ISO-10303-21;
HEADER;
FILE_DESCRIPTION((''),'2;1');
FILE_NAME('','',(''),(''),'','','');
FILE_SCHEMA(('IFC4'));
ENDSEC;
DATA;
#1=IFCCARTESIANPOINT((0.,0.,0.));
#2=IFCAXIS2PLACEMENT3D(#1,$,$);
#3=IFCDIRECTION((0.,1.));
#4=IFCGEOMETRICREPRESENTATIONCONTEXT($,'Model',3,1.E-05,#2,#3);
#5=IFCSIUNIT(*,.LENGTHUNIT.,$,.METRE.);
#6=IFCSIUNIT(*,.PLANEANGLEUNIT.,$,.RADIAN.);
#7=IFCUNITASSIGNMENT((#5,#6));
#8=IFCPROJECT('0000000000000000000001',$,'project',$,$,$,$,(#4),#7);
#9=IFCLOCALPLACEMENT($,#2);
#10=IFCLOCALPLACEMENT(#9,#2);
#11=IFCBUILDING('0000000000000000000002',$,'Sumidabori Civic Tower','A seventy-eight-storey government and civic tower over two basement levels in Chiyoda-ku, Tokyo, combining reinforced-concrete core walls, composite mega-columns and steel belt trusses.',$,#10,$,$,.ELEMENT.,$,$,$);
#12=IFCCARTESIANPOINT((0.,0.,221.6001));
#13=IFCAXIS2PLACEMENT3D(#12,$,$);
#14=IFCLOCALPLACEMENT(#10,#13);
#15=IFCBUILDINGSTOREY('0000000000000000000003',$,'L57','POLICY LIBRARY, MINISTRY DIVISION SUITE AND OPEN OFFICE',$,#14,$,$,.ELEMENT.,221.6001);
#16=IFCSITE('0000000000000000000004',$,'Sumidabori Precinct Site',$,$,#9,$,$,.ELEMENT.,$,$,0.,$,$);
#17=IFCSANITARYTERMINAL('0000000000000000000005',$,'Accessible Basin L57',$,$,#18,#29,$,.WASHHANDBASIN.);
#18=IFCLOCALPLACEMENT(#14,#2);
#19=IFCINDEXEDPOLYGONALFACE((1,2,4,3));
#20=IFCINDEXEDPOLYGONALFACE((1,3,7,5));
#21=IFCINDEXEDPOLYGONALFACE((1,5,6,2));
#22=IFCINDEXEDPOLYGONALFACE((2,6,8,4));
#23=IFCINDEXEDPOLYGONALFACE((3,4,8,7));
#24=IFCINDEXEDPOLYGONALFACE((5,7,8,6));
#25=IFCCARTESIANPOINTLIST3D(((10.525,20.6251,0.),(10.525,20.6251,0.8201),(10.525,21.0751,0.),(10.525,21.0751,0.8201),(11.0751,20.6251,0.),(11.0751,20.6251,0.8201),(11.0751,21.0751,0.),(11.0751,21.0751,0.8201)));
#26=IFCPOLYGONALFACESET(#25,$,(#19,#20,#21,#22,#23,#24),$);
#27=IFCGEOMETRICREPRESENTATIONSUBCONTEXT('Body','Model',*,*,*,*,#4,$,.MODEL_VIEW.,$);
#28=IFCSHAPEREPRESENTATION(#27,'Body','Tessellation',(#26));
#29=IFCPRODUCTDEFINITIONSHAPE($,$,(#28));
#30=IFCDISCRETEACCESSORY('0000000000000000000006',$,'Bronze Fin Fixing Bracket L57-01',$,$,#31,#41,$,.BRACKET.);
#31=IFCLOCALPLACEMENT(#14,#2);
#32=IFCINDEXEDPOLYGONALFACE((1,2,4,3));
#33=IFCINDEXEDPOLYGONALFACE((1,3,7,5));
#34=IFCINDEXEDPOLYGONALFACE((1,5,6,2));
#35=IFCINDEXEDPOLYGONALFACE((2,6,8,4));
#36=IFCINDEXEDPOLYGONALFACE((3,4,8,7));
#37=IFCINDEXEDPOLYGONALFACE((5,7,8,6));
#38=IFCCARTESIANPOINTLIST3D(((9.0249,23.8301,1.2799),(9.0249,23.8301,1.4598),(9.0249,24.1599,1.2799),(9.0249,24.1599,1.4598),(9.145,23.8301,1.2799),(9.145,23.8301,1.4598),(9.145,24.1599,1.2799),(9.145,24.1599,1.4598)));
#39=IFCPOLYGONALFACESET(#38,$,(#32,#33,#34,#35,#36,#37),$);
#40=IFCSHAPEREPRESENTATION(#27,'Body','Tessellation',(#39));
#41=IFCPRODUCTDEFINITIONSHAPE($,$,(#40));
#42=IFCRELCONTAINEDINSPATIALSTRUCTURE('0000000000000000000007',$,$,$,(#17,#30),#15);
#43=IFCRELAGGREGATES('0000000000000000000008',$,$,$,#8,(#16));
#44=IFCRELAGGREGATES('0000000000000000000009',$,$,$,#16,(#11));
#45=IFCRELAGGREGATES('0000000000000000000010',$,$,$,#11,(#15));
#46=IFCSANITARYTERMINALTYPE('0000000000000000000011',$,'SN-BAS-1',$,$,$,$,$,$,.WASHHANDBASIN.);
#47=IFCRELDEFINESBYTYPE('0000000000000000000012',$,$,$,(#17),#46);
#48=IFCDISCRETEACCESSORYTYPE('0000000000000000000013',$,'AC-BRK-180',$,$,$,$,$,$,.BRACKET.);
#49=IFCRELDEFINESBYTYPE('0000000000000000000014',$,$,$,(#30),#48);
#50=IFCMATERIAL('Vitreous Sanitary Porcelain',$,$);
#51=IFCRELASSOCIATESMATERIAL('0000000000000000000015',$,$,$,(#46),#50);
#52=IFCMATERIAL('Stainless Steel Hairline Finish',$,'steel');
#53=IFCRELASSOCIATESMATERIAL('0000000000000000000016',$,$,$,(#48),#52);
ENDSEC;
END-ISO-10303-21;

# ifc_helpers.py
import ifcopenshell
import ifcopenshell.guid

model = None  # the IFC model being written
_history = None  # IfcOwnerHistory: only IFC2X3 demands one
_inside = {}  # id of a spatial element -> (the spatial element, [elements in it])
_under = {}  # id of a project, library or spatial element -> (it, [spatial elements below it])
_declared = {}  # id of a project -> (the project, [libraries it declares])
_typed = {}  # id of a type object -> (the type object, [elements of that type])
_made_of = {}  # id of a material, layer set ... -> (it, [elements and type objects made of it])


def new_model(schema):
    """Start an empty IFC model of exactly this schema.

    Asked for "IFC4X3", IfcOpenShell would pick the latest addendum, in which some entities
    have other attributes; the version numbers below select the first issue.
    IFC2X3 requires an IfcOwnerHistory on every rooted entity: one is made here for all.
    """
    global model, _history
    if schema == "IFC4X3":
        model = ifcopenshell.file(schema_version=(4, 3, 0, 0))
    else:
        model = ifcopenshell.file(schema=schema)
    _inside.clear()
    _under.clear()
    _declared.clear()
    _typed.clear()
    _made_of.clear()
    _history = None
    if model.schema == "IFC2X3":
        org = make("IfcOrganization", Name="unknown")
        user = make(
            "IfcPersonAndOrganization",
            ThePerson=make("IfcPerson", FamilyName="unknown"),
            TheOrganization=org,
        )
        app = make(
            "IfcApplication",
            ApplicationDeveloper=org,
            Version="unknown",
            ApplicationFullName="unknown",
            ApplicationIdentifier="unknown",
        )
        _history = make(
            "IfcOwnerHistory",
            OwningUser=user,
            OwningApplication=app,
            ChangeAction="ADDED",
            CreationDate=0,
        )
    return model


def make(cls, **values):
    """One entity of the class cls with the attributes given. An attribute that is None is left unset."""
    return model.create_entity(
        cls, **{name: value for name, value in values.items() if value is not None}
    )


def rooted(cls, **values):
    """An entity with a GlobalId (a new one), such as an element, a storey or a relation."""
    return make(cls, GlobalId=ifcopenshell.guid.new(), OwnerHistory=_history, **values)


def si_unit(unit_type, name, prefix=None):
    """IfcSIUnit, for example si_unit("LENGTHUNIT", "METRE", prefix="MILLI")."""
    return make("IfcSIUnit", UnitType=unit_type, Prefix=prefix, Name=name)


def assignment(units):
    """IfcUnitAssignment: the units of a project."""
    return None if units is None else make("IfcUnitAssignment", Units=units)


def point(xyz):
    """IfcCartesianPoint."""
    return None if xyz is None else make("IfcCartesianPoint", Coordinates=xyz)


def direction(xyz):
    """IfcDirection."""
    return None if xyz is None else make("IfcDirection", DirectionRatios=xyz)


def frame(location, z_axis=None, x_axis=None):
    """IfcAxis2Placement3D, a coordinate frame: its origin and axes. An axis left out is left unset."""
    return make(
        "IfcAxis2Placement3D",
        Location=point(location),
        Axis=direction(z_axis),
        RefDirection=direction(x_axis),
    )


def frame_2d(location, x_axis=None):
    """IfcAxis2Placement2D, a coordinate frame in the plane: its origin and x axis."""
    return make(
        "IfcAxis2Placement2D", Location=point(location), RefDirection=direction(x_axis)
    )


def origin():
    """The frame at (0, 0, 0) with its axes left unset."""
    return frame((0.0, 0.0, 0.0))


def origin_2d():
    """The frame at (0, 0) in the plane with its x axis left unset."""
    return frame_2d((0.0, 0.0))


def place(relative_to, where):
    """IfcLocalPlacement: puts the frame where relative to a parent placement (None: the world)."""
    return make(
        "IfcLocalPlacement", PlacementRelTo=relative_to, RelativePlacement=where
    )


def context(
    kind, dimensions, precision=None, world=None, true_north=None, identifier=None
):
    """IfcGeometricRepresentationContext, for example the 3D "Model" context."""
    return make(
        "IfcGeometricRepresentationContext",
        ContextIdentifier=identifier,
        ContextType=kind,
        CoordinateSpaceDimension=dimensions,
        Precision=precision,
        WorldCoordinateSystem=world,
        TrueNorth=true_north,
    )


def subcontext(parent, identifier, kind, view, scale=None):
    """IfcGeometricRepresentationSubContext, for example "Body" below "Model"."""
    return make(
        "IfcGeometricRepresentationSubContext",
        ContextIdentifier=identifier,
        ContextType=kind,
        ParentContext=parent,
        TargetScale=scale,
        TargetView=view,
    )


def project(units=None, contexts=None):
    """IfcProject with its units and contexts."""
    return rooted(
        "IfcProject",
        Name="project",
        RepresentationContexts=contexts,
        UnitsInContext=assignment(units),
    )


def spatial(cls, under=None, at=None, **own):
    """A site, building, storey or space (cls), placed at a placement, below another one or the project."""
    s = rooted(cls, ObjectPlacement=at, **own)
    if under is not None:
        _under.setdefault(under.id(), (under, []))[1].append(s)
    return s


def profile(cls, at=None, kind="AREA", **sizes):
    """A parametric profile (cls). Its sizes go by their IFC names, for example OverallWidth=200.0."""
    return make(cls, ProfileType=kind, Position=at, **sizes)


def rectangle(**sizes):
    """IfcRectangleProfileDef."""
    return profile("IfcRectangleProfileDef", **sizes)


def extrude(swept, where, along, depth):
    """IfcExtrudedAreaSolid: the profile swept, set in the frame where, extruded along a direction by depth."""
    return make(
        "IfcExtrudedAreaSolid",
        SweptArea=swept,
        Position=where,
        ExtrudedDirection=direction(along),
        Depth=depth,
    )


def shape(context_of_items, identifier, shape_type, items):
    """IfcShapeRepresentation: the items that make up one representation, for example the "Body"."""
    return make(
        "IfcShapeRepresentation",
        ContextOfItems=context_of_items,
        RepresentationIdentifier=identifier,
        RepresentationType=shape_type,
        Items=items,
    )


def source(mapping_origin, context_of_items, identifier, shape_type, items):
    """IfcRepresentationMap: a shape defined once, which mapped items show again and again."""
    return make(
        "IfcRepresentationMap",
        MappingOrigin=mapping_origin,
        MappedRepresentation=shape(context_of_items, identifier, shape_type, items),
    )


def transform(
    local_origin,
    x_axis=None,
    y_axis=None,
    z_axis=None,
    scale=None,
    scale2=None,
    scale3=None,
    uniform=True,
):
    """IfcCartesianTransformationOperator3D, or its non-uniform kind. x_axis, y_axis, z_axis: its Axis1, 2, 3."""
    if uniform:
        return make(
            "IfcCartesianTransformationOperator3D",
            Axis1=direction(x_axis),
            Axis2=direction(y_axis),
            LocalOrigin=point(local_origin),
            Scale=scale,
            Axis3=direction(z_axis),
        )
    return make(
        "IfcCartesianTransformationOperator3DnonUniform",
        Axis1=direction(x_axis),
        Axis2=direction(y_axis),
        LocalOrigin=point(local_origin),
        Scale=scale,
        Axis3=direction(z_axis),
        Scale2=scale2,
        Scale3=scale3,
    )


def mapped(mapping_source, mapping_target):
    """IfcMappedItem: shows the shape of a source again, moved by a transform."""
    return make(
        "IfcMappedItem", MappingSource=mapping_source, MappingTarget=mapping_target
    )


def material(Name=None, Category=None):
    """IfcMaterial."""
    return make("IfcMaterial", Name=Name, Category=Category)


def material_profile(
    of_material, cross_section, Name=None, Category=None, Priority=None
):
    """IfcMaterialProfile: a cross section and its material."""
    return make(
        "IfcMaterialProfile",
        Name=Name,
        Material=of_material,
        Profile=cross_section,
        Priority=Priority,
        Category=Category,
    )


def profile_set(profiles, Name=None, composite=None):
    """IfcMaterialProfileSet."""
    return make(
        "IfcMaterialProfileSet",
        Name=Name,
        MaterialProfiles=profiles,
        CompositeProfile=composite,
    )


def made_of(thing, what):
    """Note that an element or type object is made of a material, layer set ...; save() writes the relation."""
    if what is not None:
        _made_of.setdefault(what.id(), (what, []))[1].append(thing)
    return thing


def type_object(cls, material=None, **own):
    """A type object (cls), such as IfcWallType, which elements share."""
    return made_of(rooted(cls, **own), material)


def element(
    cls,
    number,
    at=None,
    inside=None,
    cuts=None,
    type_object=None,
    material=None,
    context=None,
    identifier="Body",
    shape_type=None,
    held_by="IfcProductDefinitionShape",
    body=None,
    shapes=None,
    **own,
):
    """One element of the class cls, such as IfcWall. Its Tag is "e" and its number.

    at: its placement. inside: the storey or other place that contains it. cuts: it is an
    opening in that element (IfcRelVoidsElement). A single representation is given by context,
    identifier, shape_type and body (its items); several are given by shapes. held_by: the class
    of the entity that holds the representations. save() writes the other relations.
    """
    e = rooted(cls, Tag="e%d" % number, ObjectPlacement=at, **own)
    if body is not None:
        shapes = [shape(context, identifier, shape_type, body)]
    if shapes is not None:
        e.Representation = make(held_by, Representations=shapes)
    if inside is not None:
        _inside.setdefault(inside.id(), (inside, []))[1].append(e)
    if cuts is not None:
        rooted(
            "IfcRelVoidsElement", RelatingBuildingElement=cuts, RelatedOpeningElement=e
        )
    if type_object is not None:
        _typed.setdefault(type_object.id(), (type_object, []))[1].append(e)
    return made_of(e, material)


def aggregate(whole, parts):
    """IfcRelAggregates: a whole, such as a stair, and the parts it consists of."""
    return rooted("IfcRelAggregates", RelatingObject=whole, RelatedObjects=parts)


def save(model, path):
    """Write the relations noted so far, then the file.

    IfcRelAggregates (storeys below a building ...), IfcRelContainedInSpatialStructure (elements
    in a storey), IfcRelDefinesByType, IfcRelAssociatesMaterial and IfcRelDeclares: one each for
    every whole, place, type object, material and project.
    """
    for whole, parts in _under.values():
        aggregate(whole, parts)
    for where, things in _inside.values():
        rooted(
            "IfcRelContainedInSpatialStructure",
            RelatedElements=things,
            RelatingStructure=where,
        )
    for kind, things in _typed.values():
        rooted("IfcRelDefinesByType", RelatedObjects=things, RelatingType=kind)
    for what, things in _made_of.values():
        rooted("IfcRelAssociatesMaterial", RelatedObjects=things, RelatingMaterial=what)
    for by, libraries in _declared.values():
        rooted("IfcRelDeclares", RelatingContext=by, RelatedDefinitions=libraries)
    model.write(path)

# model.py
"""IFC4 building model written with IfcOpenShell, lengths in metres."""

from ifc_helpers import new_model, si_unit, direction, frame, origin, origin_2d, place, context, subcontext, project, spatial, rectangle, extrude, source, transform, mapped, material, material_profile, profile_set, type_object, element, save


model = new_model("IFC4")

# Units and contexts
model_context = context("Model", 3, precision=1e-05, world=origin(), true_north=direction((0.0, 1.0)))
body_context = subcontext(model_context, "Body", "Model", "MODEL_VIEW")
ifc_project = project(units=[si_unit("LENGTHUNIT", "METRE"), si_unit("PLANEANGLEUNIT", "RADIAN")], contexts=[model_context])

# Site, building, storey
site_placement = place(None, origin())
site = spatial("IfcSite", under=ifc_project, at=site_placement, Name="Sumidabori Precinct Site", CompositionType="ELEMENT", RefElevation=0.0)
building_placement = place(site_placement, origin())
building = spatial("IfcBuilding", under=site, at=building_placement, Name="Sumidabori Civic Tower", Description="A seventy-eight-storey government and civic tower over two basement levels in Chiyoda-ku, Tokyo, combining reinforced-concrete core walls, composite mega-columns and steel belt trusses.", CompositionType="ELEMENT")
storey_placement = place(building_placement, frame((0.0, 0.0, 221.6001)))
storey = spatial("IfcBuildingStorey", under=building, at=storey_placement, Name="L57", Description="POLICY LIBRARY, MINISTRY DIVISION SUITE AND OPEN OFFICE", CompositionType="ELEMENT", Elevation=221.6001)

# Sanitary terminal
ifc_material_1 = material(Name="Vitreous Sanitary Porcelain")
sanitary_terminal_type_1 = type_object("IfcSanitaryTerminalType", Name="SN-BAS-1", PredefinedType="WASHHANDBASIN", material=ifc_material_1)
shared_shape_1 = source(origin(), body_context, "Body", "SweptSolid", [
    extrude(rectangle(XDim=0.55, YDim=0.45, at=origin_2d()), origin(), (0.0, 0.0, 1.0), 0.8201),
])
sanitary_terminal_1_placement = place(storey_placement, frame((10.8, 20.8501, 0.0), z_axis=(0.0, 0.0, 1.0), x_axis=(1.0, 0.0, 0.0)))
element("IfcSanitaryTerminal", 1, at=sanitary_terminal_1_placement, inside=storey, type_object=sanitary_terminal_type_1, Name="Accessible Basin L57", PredefinedType="WASHHANDBASIN", context=body_context, shape_type="MappedRepresentation", body=[
    mapped(shared_shape_1, transform((0.0, 0.0, 0.0), x_axis=(1.0, 0.0, 0.0), y_axis=(0.0, 1.0, 0.0), z_axis=(0.0, 0.0, 1.0), scale=1.0)),
])

# Discrete accessory
ifc_material_2 = material(Name="Stainless Steel Hairline Finish", Category="steel")
ifc_material_profile_1 = material_profile(ifc_material_2, rectangle(XDim=0.1201, YDim=0.1799, at=origin_2d()), Name="STEEL BRACKET 180x120")
ifc_profile_set_1 = profile_set([ifc_material_profile_1], Name="Stainless Steel Hairline Finish")
discrete_accessory_type = type_object("IfcDiscreteAccessoryType", Name="AC-BRK-180", PredefinedType="BRACKET", material=ifc_profile_set_1)
shared_shape_2 = source(origin(), body_context, "Body", "SweptSolid", [
    extrude(rectangle(XDim=0.1201, YDim=0.1799, at=origin_2d()), origin(), (0.0, 0.0, 1.0), 0.3298),
])
discrete_accessory_placement = place(storey_placement, frame((9.085, 23.8301, 1.3699), z_axis=(0.0, 1.0, 0.0), x_axis=(-1.0, 0.0, 0.0)))
element("IfcDiscreteAccessory", 2, at=discrete_accessory_placement, inside=storey, type_object=discrete_accessory_type, Name="Bronze Fin Fixing Bracket L57-01", PredefinedType="BRACKET", context=body_context, shape_type="MappedRepresentation", body=[
    mapped(shared_shape_2, transform((0.0, 0.0, 0.0), x_axis=(1.0, 0.0, 0.0), y_axis=(0.0, 1.0, 0.0), z_axis=(0.0, 0.0, 1.0), scale=1.0)),
])

save(model, "model.ifc")
